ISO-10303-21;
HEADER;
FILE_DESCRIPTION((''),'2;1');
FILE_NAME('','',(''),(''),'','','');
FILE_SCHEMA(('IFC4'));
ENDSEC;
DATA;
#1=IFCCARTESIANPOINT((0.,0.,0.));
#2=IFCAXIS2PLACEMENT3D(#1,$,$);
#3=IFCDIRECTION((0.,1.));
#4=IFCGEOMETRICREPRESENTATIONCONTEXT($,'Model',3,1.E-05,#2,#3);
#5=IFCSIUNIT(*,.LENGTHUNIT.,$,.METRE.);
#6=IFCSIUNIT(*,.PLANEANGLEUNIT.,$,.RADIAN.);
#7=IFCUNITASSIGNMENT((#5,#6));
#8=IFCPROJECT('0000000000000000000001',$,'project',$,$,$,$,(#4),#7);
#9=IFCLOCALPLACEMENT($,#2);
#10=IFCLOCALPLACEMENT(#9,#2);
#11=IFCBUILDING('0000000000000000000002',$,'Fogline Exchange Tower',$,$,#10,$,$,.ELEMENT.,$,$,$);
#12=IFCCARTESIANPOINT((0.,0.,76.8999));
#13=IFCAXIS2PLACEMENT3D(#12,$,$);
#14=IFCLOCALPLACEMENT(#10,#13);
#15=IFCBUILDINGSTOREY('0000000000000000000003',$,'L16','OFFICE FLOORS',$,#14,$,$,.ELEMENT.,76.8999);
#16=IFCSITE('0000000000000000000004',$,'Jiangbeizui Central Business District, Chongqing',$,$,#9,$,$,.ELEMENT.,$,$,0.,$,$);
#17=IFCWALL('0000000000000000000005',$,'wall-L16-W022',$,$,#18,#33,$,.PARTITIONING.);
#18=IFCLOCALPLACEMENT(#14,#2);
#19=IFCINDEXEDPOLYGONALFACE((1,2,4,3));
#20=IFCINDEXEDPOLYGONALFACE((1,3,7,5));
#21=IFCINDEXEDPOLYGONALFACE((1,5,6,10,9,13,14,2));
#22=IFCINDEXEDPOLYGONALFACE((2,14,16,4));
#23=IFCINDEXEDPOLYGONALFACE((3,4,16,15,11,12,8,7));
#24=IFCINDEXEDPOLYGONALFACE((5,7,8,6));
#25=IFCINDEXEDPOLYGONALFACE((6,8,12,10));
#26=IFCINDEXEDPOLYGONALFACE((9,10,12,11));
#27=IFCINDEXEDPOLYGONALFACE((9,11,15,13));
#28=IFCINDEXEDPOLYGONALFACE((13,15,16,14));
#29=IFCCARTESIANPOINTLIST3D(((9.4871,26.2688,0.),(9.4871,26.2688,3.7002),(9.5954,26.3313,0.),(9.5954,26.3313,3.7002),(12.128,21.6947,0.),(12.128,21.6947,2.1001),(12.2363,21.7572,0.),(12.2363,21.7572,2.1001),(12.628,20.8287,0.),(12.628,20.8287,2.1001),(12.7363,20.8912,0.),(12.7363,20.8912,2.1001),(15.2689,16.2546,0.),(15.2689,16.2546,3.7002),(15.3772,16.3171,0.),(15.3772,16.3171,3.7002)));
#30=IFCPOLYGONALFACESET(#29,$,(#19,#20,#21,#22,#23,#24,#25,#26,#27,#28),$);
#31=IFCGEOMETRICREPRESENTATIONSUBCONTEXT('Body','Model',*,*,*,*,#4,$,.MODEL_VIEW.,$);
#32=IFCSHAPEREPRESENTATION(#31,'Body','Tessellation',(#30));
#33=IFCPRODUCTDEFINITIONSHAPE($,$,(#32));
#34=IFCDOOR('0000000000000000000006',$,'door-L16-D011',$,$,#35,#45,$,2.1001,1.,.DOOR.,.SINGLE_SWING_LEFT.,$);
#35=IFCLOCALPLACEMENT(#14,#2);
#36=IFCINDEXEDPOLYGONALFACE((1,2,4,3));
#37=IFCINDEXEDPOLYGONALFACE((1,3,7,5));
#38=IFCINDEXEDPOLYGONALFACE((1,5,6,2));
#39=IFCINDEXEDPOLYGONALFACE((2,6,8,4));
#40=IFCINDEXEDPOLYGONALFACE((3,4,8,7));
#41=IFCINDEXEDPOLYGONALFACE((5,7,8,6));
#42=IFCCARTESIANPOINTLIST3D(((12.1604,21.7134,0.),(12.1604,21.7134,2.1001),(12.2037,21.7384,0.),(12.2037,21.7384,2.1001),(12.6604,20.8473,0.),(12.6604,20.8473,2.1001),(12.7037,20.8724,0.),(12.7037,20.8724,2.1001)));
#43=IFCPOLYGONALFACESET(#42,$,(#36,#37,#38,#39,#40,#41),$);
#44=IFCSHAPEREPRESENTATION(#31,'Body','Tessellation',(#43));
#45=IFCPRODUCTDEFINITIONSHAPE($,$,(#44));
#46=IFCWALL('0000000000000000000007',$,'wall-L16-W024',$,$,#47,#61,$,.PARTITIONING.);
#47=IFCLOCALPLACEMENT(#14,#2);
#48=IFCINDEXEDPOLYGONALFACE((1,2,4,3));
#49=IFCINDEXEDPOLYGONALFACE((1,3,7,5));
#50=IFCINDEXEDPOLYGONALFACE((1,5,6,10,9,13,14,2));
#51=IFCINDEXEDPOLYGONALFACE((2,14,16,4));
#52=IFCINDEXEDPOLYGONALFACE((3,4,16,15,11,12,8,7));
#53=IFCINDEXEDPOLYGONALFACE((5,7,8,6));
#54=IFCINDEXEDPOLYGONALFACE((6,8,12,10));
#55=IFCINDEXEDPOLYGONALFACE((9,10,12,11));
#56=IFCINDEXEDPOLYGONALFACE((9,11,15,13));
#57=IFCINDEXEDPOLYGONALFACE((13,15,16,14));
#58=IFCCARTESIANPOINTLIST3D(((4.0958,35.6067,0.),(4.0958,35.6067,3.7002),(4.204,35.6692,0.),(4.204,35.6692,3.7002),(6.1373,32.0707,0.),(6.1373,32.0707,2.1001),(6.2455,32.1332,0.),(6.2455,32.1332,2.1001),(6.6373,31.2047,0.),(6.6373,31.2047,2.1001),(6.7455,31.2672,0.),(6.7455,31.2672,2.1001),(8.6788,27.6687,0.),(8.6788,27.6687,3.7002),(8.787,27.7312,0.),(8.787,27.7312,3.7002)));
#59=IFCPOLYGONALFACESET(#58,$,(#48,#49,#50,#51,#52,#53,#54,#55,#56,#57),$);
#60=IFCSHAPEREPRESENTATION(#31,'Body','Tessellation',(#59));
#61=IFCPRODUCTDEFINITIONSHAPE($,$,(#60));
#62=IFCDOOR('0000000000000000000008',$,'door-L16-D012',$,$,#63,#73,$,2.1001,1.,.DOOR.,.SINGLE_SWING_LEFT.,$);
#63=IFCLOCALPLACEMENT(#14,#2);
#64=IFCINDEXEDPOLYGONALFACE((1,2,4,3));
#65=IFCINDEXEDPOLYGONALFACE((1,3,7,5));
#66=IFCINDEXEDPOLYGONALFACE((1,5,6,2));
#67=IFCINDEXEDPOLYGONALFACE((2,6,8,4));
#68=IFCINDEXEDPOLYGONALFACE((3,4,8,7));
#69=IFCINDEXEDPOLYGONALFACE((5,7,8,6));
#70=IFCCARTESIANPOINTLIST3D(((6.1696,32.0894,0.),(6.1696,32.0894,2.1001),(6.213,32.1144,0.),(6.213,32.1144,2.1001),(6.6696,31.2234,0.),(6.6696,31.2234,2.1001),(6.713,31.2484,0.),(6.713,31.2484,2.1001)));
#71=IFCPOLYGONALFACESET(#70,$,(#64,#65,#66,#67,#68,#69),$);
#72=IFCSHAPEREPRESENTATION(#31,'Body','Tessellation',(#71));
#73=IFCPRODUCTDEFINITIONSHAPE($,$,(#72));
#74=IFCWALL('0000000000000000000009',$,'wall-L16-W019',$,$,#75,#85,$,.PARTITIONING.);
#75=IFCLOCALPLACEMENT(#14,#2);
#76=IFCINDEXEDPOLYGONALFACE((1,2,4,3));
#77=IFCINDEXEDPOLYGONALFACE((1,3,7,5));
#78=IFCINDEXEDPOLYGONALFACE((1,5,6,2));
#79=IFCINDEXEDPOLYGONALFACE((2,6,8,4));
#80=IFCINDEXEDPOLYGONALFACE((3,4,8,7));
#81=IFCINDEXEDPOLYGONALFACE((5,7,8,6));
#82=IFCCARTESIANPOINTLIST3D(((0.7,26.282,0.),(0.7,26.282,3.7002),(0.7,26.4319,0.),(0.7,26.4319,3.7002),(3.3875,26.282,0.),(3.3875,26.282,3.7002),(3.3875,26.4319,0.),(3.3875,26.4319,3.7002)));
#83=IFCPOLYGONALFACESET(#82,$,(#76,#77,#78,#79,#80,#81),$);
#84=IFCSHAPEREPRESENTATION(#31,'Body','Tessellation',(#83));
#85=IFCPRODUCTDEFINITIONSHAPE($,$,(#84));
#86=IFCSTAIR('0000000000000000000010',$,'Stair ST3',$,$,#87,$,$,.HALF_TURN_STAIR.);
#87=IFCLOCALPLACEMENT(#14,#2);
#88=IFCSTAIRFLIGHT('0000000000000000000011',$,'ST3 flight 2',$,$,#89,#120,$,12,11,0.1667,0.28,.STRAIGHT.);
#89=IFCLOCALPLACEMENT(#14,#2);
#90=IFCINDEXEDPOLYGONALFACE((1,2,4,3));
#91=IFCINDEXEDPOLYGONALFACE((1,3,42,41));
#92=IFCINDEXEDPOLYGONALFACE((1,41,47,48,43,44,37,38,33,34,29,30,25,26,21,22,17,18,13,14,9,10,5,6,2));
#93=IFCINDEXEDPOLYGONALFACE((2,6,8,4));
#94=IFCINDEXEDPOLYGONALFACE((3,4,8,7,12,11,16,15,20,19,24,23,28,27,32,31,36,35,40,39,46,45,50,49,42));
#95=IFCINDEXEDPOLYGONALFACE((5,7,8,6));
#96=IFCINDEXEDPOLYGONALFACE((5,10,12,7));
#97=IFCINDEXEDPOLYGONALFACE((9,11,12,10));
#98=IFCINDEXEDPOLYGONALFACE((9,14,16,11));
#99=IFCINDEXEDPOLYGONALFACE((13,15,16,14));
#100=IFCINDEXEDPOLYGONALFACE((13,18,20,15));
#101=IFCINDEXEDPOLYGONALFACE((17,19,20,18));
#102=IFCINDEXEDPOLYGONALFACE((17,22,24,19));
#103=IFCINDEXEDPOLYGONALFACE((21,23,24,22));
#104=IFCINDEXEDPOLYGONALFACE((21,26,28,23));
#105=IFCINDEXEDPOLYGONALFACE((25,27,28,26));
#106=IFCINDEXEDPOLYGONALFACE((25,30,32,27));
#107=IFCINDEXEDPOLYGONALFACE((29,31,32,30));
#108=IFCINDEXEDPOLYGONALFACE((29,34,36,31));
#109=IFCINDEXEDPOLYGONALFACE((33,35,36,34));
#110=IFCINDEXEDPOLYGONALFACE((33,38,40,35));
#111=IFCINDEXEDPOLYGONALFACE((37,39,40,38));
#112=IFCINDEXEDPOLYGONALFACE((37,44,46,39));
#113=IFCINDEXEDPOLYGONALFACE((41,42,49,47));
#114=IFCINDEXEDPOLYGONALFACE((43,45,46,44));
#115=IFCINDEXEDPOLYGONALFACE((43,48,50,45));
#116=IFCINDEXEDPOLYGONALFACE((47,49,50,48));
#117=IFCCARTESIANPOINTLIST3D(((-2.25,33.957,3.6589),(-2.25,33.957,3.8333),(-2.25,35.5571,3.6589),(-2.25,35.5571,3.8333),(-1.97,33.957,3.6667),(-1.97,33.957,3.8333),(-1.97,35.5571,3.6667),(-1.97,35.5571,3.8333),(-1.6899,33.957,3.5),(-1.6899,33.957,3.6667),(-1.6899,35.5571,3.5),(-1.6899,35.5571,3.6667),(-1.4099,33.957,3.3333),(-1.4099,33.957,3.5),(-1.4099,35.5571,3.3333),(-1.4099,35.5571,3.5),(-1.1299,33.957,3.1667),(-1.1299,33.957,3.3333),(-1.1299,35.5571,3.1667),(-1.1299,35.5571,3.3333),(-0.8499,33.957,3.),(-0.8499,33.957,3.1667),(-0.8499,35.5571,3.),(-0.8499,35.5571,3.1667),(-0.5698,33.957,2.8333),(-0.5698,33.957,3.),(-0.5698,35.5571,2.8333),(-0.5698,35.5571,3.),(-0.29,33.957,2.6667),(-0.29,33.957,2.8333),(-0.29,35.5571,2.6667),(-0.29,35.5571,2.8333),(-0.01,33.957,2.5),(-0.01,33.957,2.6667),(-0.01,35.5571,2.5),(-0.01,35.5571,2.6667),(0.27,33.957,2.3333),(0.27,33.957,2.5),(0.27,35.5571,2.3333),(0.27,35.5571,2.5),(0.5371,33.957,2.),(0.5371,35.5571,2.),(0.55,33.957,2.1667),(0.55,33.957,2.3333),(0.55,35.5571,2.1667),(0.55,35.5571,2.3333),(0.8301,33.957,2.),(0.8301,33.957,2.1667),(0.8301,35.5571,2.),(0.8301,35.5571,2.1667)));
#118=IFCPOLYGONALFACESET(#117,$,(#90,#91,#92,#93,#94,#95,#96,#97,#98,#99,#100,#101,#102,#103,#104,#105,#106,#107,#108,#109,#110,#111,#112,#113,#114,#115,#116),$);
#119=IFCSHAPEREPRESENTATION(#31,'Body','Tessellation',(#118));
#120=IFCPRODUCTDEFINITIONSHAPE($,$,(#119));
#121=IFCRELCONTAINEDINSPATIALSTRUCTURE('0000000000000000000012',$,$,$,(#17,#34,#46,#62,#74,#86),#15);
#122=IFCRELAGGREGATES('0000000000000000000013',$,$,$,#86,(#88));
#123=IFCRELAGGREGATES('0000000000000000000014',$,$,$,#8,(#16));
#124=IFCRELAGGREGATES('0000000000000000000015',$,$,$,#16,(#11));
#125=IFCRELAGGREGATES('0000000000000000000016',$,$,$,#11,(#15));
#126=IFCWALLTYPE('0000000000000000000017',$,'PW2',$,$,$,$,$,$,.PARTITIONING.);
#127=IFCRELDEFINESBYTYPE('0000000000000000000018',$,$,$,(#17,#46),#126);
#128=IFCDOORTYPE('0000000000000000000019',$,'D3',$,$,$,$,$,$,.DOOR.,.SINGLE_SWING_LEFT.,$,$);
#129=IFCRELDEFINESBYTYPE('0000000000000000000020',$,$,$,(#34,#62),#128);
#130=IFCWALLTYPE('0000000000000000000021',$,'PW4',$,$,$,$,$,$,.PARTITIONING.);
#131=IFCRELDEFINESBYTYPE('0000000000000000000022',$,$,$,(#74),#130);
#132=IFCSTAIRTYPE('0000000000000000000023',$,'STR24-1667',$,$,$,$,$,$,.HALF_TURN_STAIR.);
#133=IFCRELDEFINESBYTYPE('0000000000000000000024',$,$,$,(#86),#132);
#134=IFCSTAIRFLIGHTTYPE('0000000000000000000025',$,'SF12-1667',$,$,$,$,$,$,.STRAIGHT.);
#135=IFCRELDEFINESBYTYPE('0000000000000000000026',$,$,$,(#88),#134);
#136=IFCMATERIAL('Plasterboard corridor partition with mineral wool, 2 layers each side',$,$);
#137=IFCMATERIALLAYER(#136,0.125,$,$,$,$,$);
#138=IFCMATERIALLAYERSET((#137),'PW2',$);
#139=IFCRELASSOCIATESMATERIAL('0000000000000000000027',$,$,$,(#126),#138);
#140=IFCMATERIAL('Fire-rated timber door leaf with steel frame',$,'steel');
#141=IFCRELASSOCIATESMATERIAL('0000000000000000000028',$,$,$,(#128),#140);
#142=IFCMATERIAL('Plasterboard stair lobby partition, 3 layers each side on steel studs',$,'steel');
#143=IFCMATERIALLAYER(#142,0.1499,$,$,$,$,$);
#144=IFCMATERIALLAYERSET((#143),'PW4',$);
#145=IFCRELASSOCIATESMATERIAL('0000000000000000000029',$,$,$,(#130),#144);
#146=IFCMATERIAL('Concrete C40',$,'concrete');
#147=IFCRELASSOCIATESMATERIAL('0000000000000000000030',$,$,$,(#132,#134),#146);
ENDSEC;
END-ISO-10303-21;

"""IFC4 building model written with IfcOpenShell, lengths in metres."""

from ifc_helpers import new_model, si_unit, direction, frame, frame_2d, origin, place, context, subcontext, project, spatial, polyline, rectangle, outline, extrude, material, layer, layer_set, type_object, element, fill, aggregate, save


model = new_model("IFC4")

# Units and contexts
model_context = context("Model", 3, precision=1e-05, world=origin(), true_north=direction((0.0, 1.0)))
body_context = subcontext(model_context, "Body", "Model", "MODEL_VIEW")
ifc_project = project(units=[si_unit("LENGTHUNIT", "METRE"), si_unit("PLANEANGLEUNIT", "RADIAN")], contexts=[model_context])

# Site, building, storey
site_placement = place(None, origin())
site = spatial("IfcSite", under=ifc_project, at=site_placement, Name="Jiangbeizui Central Business District, Chongqing", CompositionType="ELEMENT", RefElevation=0.0)
building_placement = place(site_placement, origin())
building = spatial("IfcBuilding", under=site, at=building_placement, Name="Fogline Exchange Tower", CompositionType="ELEMENT")
storey_placement = place(building_placement, frame((0.0, 0.0, 76.8999)))
storey = spatial("IfcBuildingStorey", under=building, at=storey_placement, Name="L16", Description="OFFICE FLOORS", CompositionType="ELEMENT", Elevation=76.8999)

# Shared definitions
ifc_material_1 = material(Name="Concrete C40", Category="concrete")

# Walls, openings, doors
ifc_material_2 = material(Name="Plasterboard corridor partition with mineral wool, 2 layers each side")
ifc_layer_1 = layer(ifc_material_2, 0.125)
ifc_layer_set_1 = layer_set([ifc_layer_1], Name="PW2")
wall_type_1 = type_object("IfcWallType", Name="PW2", PredefinedType="PARTITIONING", material=ifc_layer_set_1)
wall_1_placement = place(storey_placement, frame((9.5413, 26.3, 0.0), z_axis=(0.0, 0.0, 1.0), x_axis=(0.500004, -0.866023, 0.0)))
wall_1 = element("IfcWall", 1, at=wall_1_placement, inside=storey, type_object=wall_type_1, Name="wall-L16-W022", PredefinedType="PARTITIONING", context=body_context, shape_type="SweptSolid", body=[
    extrude(rectangle(XDim=11.5635, YDim=0.125, at=frame_2d((5.7817, 0.0))), origin(), (0.0, 0.0, 1.0), 3.7002),
])
opening_1_placement = place(wall_1_placement, frame((5.2817, 0.0, 0.0)))
opening_1 = element("IfcOpeningElement", 2, at=opening_1_placement, cuts=wall_1, PredefinedType="OPENING", context=body_context, shape_type="SweptSolid", body=[
    extrude(rectangle(XDim=1.0, YDim=2.1001, at=frame_2d((0.5, 1.05))), frame((0.0, 0.0725, 0.0), z_axis=(0.0, -1.0, 0.0), x_axis=(1.0, 0.0, 0.0)), (0.0, 0.0, 1.0), 0.145),
])
ifc_material_3 = material(Name="Fire-rated timber door leaf with steel frame", Category="steel")
door_type_1 = type_object("IfcDoorType", Name="D3", OperationType="SINGLE_SWING_LEFT", PredefinedType="DOOR", material=ifc_material_3)
door_1_placement = place(opening_1_placement, origin())
door_1 = element("IfcDoor", 3, at=door_1_placement, inside=storey, type_object=door_type_1, Name="door-L16-D011", OperationType="SINGLE_SWING_LEFT", OverallHeight=2.1001, OverallWidth=1.0, PredefinedType="DOOR", context=body_context, shape_type="SweptSolid", body=[
    extrude(rectangle(XDim=1.0, YDim=2.1001, at=frame_2d((0.5, 1.05))), frame((0.0, 0.0249, 0.0), z_axis=(0.0, -1.0, 0.0), x_axis=(1.0, 0.0, 0.0)), (0.0, 0.0, 1.0), 0.05),
])
fill(opening_1, door_1)
wall_2_placement = place(storey_placement, frame((4.1499, 35.6379, 0.0), z_axis=(0.0, 0.0, 1.0), x_axis=(0.500001, -0.866025, 0.0)))
wall_2 = element("IfcWall", 4, at=wall_2_placement, inside=storey, type_object=wall_type_1, Name="wall-L16-W024", PredefinedType="PARTITIONING", context=body_context, shape_type="SweptSolid", body=[
    extrude(rectangle(XDim=9.166, YDim=0.125, at=frame_2d((4.583, 0.0))), origin(), (0.0, 0.0, 1.0), 3.7002),
])
opening_2_placement = place(wall_2_placement, frame((4.083, 0.0, 0.0)))
opening_2 = element("IfcOpeningElement", 5, at=opening_2_placement, cuts=wall_2, PredefinedType="OPENING", context=body_context, shape_type="SweptSolid", body=[
    extrude(rectangle(XDim=1.0, YDim=2.1001, at=frame_2d((0.5, 1.05))), frame((0.0, 0.0725, 0.0), z_axis=(0.0, -1.0, 0.0), x_axis=(1.0, 0.0, 0.0)), (0.0, 0.0, 1.0), 0.145),
])
door_2_placement = place(opening_2_placement, origin())
door_2 = element("IfcDoor", 6, at=door_2_placement, inside=storey, type_object=door_type_1, Name="door-L16-D012", OperationType="SINGLE_SWING_LEFT", OverallHeight=2.1001, OverallWidth=1.0, PredefinedType="DOOR", context=body_context, shape_type="SweptSolid", body=[
    extrude(rectangle(XDim=1.0, YDim=2.1001, at=frame_2d((0.5, 1.05))), frame((0.0, 0.0249, 0.0), z_axis=(0.0, -1.0, 0.0), x_axis=(1.0, 0.0, 0.0)), (0.0, 0.0, 1.0), 0.05),
])
fill(opening_2, door_2)

# Wall
ifc_material_4 = material(Name="Plasterboard stair lobby partition, 3 layers each side on steel studs", Category="steel")
ifc_layer_2 = layer(ifc_material_4, 0.1499)
ifc_layer_set_2 = layer_set([ifc_layer_2], Name="PW4")
wall_type_2 = type_object("IfcWallType", Name="PW4", PredefinedType="PARTITIONING", material=ifc_layer_set_2)
wall_3_placement = place(storey_placement, frame((3.3875, 26.3569, 0.0), z_axis=(0.0, 0.0, 1.0), x_axis=(-1.0, 0.0, 0.0)))
element("IfcWall", 7, at=wall_3_placement, inside=storey, type_object=wall_type_2, Name="wall-L16-W019", PredefinedType="PARTITIONING", context=body_context, shape_type="SweptSolid", body=[
    extrude(rectangle(XDim=2.6875, YDim=0.1499, at=frame_2d((1.3438, 0.0))), origin(), (0.0, 0.0, 1.0), 3.7002),
])

# Stair, stair flight
stair_type = type_object("IfcStairType", Name="STR24-1667", PredefinedType="HALF_TURN_STAIR", material=ifc_material_1)
stair_placement = place(storey_placement, origin())
stair = element("IfcStair", 8, at=stair_placement, inside=storey, type_object=stair_type, Name="Stair ST3", PredefinedType="HALF_TURN_STAIR")
stair_flight_type = type_object("IfcStairFlightType", Name="SF12-1667", PredefinedType="STRAIGHT", material=ifc_material_1)
stair_flight_placement = place(storey_placement, frame((0.8301, 34.7571, 2.0), z_axis=(0.0, 0.0, 1.0), x_axis=(-1.0, 0.0, 0.0)))
stair_flight = element("IfcStairFlight", 9, at=stair_flight_placement, type_object=stair_flight_type, Name="ST3 flight 2", NumberOfRisers=12, NumberOfTreads=11, PredefinedType="STRAIGHT", RiserHeight=0.1667, TreadLength=0.28, context=body_context, shape_type="SweptSolid", body=[
    extrude(outline(polyline([(0.0, 0.0), (0.0, 0.1667), (0.28, 0.1667), (0.28, 0.3333), (0.5601, 0.3333), (0.5601, 0.5), (0.8401, 0.5), (0.8401, 0.6667), (1.1201, 0.6667), (1.1201, 0.8333), (1.3999, 0.8333), (1.3999, 1.0), (1.6799, 1.0), (1.6799, 1.1667), (1.96, 1.1667), (1.96, 1.3333), (2.24, 1.3333), (2.24, 1.5), (2.52, 1.5), (2.52, 1.6667), (2.8, 1.6667), (2.8, 1.8333), (3.0801, 1.8333), (3.0801, 2.0), (3.0801, 1.6589), (0.293, 0.0), (0.0, 0.0)])), frame((0.0, 0.8, 0.0), z_axis=(0.0, -1.0, 0.0), x_axis=(1.0, 0.0, 0.0)), (0.0, 0.0, 1.0), 1.6001),
])
aggregate(stair, [stair_flight])

save(model, "model.ifc")
